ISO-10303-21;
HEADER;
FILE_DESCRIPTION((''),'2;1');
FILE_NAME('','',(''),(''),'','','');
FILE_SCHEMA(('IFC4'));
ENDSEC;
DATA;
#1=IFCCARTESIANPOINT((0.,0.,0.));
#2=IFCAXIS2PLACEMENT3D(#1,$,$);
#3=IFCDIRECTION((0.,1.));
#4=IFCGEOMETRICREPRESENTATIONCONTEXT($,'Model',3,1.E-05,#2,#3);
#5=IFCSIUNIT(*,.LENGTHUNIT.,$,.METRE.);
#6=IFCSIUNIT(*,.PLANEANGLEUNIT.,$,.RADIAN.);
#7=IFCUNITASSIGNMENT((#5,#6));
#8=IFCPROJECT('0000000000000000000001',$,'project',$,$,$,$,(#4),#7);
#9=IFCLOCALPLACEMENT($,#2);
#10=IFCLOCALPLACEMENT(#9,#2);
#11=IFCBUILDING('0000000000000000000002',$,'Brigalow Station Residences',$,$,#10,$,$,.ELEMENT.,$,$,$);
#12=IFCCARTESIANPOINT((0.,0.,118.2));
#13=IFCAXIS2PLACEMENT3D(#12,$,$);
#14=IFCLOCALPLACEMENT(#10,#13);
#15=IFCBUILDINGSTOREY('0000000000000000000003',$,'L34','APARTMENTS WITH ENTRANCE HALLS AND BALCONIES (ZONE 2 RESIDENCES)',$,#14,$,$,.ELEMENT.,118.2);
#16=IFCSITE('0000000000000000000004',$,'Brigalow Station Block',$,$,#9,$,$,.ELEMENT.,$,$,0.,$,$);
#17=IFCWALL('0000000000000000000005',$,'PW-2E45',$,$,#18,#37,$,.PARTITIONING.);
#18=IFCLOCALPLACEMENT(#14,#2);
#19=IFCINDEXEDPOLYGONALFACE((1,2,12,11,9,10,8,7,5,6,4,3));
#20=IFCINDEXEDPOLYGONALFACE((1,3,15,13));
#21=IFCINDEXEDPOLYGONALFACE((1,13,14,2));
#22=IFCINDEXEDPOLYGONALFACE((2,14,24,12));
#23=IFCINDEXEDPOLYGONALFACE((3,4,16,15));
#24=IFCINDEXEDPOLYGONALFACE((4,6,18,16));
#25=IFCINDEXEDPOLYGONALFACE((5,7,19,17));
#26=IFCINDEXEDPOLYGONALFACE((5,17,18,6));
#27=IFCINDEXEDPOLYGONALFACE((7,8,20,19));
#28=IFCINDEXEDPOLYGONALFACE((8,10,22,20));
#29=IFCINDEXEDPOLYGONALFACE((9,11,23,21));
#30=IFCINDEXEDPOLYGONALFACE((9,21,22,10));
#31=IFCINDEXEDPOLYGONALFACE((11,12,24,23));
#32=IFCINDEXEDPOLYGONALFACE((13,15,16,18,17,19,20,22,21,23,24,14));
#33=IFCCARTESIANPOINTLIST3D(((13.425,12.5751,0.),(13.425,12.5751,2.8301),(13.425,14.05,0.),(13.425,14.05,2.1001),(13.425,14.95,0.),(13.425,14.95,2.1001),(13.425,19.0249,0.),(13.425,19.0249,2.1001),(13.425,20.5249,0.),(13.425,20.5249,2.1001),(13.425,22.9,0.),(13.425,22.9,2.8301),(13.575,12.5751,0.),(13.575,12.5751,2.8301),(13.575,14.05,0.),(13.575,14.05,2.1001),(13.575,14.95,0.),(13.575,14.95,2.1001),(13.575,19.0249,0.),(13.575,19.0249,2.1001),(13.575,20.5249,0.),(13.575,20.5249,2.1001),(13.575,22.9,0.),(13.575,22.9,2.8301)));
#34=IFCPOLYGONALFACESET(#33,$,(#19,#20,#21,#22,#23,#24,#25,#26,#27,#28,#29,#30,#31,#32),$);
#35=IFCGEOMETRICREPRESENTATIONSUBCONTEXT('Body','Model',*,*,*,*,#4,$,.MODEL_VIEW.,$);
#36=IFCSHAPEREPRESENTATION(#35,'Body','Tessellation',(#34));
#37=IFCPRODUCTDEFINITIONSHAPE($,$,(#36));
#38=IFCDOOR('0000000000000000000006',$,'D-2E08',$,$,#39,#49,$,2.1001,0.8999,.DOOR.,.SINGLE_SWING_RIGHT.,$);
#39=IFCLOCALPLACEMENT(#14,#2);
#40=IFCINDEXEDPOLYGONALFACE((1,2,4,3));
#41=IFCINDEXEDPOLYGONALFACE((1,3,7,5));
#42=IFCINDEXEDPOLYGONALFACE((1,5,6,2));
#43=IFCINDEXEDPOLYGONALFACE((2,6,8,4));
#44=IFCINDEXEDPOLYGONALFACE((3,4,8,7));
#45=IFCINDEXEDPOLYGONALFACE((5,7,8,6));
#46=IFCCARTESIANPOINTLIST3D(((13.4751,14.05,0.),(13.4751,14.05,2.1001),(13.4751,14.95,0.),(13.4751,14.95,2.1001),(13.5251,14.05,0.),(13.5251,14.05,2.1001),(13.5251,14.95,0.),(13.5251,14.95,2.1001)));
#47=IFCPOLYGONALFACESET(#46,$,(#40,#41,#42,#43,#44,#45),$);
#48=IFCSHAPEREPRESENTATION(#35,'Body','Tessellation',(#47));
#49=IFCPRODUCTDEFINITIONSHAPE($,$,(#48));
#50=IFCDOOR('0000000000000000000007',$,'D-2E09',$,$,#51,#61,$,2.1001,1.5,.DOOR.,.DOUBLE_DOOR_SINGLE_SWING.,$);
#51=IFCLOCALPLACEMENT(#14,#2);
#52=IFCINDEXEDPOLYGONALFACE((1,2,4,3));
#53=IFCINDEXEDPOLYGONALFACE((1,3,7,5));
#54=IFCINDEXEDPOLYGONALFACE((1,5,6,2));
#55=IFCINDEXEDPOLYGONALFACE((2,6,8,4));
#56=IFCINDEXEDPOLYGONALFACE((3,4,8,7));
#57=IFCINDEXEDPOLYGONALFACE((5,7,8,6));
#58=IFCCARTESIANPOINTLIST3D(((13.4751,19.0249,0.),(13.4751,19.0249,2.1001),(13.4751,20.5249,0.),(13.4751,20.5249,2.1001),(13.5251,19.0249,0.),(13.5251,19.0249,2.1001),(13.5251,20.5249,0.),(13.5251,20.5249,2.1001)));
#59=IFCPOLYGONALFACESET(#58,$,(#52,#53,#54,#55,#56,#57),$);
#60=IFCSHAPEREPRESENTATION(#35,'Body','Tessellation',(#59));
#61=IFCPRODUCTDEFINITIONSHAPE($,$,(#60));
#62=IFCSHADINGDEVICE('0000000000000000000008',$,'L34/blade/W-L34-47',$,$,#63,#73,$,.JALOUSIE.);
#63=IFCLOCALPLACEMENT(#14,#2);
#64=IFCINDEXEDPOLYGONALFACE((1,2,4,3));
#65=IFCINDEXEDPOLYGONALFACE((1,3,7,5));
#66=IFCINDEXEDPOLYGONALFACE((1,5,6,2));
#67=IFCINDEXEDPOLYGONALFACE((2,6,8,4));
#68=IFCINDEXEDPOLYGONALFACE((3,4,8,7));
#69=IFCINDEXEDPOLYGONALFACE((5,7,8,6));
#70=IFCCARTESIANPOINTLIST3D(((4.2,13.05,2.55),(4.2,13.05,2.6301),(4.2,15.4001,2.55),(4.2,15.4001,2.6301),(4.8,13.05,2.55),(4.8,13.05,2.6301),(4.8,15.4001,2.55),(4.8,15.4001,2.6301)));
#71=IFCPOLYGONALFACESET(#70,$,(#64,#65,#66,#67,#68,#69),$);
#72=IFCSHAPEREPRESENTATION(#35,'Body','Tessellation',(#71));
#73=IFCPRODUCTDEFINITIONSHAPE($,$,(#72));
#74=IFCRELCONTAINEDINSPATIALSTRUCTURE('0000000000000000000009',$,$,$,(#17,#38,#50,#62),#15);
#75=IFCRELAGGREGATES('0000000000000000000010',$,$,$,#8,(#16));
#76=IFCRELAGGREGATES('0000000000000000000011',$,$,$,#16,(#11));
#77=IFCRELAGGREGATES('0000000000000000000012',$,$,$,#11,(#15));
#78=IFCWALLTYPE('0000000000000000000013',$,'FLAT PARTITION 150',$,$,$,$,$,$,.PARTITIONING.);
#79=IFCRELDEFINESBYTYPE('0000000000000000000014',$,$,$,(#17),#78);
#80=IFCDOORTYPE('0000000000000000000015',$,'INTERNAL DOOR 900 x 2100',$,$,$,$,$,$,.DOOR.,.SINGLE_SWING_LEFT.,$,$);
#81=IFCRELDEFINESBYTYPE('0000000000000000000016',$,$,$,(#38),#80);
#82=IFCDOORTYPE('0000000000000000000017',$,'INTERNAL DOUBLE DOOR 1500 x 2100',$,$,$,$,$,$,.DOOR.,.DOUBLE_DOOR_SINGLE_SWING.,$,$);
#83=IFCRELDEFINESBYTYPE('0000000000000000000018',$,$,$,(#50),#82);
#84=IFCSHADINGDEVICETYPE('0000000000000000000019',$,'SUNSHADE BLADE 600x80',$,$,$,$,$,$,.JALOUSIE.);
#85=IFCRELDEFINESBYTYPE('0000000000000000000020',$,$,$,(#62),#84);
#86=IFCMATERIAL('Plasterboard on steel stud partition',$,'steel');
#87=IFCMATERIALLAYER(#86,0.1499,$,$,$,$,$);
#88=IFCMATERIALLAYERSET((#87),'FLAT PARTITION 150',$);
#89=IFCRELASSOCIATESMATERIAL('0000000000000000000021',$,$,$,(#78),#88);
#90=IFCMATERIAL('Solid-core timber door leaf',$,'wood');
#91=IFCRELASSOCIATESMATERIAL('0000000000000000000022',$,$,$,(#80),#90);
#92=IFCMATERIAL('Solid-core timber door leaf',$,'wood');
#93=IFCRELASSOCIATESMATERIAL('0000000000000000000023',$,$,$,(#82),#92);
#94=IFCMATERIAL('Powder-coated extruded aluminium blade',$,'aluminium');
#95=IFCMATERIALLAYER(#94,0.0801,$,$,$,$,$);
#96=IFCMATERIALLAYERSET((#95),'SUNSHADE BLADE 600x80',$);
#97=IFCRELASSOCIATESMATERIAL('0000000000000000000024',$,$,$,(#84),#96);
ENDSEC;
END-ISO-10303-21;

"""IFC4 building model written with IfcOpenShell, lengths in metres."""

from ifc_helpers import new_model, si_unit, direction, frame, frame_2d, origin, origin_2d, place, context, subcontext, project, spatial, rectangle, extrude, material, layer, layer_set, type_object, element, fill, save


model = new_model("IFC4")

# Units and contexts
model_context = context("Model", 3, precision=1e-05, world=origin(), true_north=direction((0.0, 1.0)))
body_context = subcontext(model_context, "Body", "Model", "MODEL_VIEW")
ifc_project = project(units=[si_unit("LENGTHUNIT", "METRE"), si_unit("PLANEANGLEUNIT", "RADIAN")], contexts=[model_context])

# Site, building, storey
site_placement = place(None, origin())
site = spatial("IfcSite", under=ifc_project, at=site_placement, Name="Brigalow Station Block", CompositionType="ELEMENT", RefElevation=0.0)
building_placement = place(site_placement, origin())
building = spatial("IfcBuilding", under=site, at=building_placement, Name="Brigalow Station Residences", CompositionType="ELEMENT")
storey_placement = place(building_placement, frame((0.0, 0.0, 118.2)))
storey = spatial("IfcBuildingStorey", under=building, at=storey_placement, Name="L34", Description="APARTMENTS WITH ENTRANCE HALLS AND BALCONIES (ZONE 2 RESIDENCES)", CompositionType="ELEMENT", Elevation=118.2)

# Shared definitions
ifc_material_1 = material(Name="Plasterboard on steel stud partition", Category="steel")
ifc_layer_1 = layer(ifc_material_1, 0.1499)
ifc_layer_set_1 = layer_set([ifc_layer_1], Name="FLAT PARTITION 150")
wall_type_1 = type_object("IfcWallType", Name="FLAT PARTITION 150", PredefinedType="PARTITIONING", material=ifc_layer_set_1)

# Wall, openings, doors
wall_1_placement = place(storey_placement, frame((13.5, 12.575, 0.0), z_axis=(0.0, 0.0, 1.0), x_axis=(0.0, 1.0, 0.0)))
wall_1 = element("IfcWall", 1, at=wall_1_placement, inside=storey, type_object=wall_type_1, Name="PW-2E45", PredefinedType="PARTITIONING", context=body_context, shape_type="SweptSolid", body=[
    extrude(rectangle(XDim=10.325, YDim=0.1499, at=frame_2d((5.1626, 0.0))), origin(), (0.0, 0.0, 1.0), 2.8301),
])
opening_1_placement = place(wall_1_placement, frame((1.4751, 0.0, 0.0)))
opening_1 = element("IfcOpeningElement", 2, at=opening_1_placement, cuts=wall_1, PredefinedType="OPENING", context=body_context, shape_type="SweptSolid", body=[
    extrude(rectangle(XDim=0.8999, YDim=2.1001, at=frame_2d((0.45, 1.05))), frame((0.0, 0.085, 0.0), z_axis=(0.0, -1.0, 0.0), x_axis=(1.0, 0.0, 0.0)), (0.0, 0.0, 1.0), 0.1699),
])
opening_2_placement = place(wall_1_placement, frame((6.45, 0.0, 0.0)))
opening_2 = element("IfcOpeningElement", 3, at=opening_2_placement, cuts=wall_1, PredefinedType="OPENING", context=body_context, shape_type="SweptSolid", body=[
    extrude(rectangle(XDim=1.5, YDim=2.1001, at=frame_2d((0.75, 1.05))), frame((0.0, 0.085, 0.0), z_axis=(0.0, -1.0, 0.0), x_axis=(1.0, 0.0, 0.0)), (0.0, 0.0, 1.0), 0.1699),
])
ifc_material_2 = material(Name="Solid-core timber door leaf", Category="wood")
door_type_1 = type_object("IfcDoorType", Name="INTERNAL DOOR 900 x 2100", OperationType="SINGLE_SWING_LEFT", PredefinedType="DOOR", material=ifc_material_2)
door_1_placement = place(opening_1_placement, origin())
door_1 = element("IfcDoor", 4, at=door_1_placement, inside=storey, type_object=door_type_1, Name="D-2E08", OperationType="SINGLE_SWING_RIGHT", OverallHeight=2.1001, OverallWidth=0.8999, PredefinedType="DOOR", context=body_context, shape_type="SweptSolid", body=[
    extrude(rectangle(XDim=0.8999, YDim=2.1001, at=frame_2d((0.45, 1.05))), frame((0.0, 0.0249, 0.0), z_axis=(0.0, -1.0, 0.0), x_axis=(1.0, 0.0, 0.0)), (0.0, 0.0, 1.0), 0.05),
])
fill(opening_1, door_1)
ifc_material_3 = material(Name="Solid-core timber door leaf", Category="wood")
door_type_2 = type_object("IfcDoorType", Name="INTERNAL DOUBLE DOOR 1500 x 2100", OperationType="DOUBLE_DOOR_SINGLE_SWING", PredefinedType="DOOR", material=ifc_material_3)
door_2_placement = place(opening_2_placement, origin())
door_2 = element("IfcDoor", 5, at=door_2_placement, inside=storey, type_object=door_type_2, Name="D-2E09", OperationType="DOUBLE_DOOR_SINGLE_SWING", OverallHeight=2.1001, OverallWidth=1.5, PredefinedType="DOOR", context=body_context, shape_type="SweptSolid", body=[
    extrude(rectangle(XDim=1.5, YDim=2.1001, at=frame_2d((0.75, 1.05))), frame((0.0, 0.0249, 0.0), z_axis=(0.0, -1.0, 0.0), x_axis=(1.0, 0.0, 0.0)), (0.0, 0.0, 1.0), 0.05),
])
fill(opening_2, door_2)

# Shading device
ifc_material_4 = material(Name="Powder-coated extruded aluminium blade", Category="aluminium")
ifc_layer_2 = layer(ifc_material_4, 0.0801)
ifc_layer_set_2 = layer_set([ifc_layer_2], Name="SUNSHADE BLADE 600x80")
shading_device_type = type_object("IfcShadingDeviceType", Name="SUNSHADE BLADE 600x80", PredefinedType="JALOUSIE", material=ifc_layer_set_2)
shading_device_placement = place(storey_placement, frame((4.5, 14.2251, 2.55), z_axis=(0.0, 0.0, 1.0), x_axis=(0.0, -1.0, 0.0)))
element("IfcShadingDevice", 6, at=shading_device_placement, inside=storey, type_object=shading_device_type, Name="L34/blade/W-L34-47", PredefinedType="JALOUSIE", context=body_context, shape_type="SweptSolid", body=[
    extrude(rectangle(XDim=2.3501, YDim=0.6001, at=origin_2d()), origin(), (0.0, 0.0, 1.0), 0.0801),
])

save(model, "model.ifc")
